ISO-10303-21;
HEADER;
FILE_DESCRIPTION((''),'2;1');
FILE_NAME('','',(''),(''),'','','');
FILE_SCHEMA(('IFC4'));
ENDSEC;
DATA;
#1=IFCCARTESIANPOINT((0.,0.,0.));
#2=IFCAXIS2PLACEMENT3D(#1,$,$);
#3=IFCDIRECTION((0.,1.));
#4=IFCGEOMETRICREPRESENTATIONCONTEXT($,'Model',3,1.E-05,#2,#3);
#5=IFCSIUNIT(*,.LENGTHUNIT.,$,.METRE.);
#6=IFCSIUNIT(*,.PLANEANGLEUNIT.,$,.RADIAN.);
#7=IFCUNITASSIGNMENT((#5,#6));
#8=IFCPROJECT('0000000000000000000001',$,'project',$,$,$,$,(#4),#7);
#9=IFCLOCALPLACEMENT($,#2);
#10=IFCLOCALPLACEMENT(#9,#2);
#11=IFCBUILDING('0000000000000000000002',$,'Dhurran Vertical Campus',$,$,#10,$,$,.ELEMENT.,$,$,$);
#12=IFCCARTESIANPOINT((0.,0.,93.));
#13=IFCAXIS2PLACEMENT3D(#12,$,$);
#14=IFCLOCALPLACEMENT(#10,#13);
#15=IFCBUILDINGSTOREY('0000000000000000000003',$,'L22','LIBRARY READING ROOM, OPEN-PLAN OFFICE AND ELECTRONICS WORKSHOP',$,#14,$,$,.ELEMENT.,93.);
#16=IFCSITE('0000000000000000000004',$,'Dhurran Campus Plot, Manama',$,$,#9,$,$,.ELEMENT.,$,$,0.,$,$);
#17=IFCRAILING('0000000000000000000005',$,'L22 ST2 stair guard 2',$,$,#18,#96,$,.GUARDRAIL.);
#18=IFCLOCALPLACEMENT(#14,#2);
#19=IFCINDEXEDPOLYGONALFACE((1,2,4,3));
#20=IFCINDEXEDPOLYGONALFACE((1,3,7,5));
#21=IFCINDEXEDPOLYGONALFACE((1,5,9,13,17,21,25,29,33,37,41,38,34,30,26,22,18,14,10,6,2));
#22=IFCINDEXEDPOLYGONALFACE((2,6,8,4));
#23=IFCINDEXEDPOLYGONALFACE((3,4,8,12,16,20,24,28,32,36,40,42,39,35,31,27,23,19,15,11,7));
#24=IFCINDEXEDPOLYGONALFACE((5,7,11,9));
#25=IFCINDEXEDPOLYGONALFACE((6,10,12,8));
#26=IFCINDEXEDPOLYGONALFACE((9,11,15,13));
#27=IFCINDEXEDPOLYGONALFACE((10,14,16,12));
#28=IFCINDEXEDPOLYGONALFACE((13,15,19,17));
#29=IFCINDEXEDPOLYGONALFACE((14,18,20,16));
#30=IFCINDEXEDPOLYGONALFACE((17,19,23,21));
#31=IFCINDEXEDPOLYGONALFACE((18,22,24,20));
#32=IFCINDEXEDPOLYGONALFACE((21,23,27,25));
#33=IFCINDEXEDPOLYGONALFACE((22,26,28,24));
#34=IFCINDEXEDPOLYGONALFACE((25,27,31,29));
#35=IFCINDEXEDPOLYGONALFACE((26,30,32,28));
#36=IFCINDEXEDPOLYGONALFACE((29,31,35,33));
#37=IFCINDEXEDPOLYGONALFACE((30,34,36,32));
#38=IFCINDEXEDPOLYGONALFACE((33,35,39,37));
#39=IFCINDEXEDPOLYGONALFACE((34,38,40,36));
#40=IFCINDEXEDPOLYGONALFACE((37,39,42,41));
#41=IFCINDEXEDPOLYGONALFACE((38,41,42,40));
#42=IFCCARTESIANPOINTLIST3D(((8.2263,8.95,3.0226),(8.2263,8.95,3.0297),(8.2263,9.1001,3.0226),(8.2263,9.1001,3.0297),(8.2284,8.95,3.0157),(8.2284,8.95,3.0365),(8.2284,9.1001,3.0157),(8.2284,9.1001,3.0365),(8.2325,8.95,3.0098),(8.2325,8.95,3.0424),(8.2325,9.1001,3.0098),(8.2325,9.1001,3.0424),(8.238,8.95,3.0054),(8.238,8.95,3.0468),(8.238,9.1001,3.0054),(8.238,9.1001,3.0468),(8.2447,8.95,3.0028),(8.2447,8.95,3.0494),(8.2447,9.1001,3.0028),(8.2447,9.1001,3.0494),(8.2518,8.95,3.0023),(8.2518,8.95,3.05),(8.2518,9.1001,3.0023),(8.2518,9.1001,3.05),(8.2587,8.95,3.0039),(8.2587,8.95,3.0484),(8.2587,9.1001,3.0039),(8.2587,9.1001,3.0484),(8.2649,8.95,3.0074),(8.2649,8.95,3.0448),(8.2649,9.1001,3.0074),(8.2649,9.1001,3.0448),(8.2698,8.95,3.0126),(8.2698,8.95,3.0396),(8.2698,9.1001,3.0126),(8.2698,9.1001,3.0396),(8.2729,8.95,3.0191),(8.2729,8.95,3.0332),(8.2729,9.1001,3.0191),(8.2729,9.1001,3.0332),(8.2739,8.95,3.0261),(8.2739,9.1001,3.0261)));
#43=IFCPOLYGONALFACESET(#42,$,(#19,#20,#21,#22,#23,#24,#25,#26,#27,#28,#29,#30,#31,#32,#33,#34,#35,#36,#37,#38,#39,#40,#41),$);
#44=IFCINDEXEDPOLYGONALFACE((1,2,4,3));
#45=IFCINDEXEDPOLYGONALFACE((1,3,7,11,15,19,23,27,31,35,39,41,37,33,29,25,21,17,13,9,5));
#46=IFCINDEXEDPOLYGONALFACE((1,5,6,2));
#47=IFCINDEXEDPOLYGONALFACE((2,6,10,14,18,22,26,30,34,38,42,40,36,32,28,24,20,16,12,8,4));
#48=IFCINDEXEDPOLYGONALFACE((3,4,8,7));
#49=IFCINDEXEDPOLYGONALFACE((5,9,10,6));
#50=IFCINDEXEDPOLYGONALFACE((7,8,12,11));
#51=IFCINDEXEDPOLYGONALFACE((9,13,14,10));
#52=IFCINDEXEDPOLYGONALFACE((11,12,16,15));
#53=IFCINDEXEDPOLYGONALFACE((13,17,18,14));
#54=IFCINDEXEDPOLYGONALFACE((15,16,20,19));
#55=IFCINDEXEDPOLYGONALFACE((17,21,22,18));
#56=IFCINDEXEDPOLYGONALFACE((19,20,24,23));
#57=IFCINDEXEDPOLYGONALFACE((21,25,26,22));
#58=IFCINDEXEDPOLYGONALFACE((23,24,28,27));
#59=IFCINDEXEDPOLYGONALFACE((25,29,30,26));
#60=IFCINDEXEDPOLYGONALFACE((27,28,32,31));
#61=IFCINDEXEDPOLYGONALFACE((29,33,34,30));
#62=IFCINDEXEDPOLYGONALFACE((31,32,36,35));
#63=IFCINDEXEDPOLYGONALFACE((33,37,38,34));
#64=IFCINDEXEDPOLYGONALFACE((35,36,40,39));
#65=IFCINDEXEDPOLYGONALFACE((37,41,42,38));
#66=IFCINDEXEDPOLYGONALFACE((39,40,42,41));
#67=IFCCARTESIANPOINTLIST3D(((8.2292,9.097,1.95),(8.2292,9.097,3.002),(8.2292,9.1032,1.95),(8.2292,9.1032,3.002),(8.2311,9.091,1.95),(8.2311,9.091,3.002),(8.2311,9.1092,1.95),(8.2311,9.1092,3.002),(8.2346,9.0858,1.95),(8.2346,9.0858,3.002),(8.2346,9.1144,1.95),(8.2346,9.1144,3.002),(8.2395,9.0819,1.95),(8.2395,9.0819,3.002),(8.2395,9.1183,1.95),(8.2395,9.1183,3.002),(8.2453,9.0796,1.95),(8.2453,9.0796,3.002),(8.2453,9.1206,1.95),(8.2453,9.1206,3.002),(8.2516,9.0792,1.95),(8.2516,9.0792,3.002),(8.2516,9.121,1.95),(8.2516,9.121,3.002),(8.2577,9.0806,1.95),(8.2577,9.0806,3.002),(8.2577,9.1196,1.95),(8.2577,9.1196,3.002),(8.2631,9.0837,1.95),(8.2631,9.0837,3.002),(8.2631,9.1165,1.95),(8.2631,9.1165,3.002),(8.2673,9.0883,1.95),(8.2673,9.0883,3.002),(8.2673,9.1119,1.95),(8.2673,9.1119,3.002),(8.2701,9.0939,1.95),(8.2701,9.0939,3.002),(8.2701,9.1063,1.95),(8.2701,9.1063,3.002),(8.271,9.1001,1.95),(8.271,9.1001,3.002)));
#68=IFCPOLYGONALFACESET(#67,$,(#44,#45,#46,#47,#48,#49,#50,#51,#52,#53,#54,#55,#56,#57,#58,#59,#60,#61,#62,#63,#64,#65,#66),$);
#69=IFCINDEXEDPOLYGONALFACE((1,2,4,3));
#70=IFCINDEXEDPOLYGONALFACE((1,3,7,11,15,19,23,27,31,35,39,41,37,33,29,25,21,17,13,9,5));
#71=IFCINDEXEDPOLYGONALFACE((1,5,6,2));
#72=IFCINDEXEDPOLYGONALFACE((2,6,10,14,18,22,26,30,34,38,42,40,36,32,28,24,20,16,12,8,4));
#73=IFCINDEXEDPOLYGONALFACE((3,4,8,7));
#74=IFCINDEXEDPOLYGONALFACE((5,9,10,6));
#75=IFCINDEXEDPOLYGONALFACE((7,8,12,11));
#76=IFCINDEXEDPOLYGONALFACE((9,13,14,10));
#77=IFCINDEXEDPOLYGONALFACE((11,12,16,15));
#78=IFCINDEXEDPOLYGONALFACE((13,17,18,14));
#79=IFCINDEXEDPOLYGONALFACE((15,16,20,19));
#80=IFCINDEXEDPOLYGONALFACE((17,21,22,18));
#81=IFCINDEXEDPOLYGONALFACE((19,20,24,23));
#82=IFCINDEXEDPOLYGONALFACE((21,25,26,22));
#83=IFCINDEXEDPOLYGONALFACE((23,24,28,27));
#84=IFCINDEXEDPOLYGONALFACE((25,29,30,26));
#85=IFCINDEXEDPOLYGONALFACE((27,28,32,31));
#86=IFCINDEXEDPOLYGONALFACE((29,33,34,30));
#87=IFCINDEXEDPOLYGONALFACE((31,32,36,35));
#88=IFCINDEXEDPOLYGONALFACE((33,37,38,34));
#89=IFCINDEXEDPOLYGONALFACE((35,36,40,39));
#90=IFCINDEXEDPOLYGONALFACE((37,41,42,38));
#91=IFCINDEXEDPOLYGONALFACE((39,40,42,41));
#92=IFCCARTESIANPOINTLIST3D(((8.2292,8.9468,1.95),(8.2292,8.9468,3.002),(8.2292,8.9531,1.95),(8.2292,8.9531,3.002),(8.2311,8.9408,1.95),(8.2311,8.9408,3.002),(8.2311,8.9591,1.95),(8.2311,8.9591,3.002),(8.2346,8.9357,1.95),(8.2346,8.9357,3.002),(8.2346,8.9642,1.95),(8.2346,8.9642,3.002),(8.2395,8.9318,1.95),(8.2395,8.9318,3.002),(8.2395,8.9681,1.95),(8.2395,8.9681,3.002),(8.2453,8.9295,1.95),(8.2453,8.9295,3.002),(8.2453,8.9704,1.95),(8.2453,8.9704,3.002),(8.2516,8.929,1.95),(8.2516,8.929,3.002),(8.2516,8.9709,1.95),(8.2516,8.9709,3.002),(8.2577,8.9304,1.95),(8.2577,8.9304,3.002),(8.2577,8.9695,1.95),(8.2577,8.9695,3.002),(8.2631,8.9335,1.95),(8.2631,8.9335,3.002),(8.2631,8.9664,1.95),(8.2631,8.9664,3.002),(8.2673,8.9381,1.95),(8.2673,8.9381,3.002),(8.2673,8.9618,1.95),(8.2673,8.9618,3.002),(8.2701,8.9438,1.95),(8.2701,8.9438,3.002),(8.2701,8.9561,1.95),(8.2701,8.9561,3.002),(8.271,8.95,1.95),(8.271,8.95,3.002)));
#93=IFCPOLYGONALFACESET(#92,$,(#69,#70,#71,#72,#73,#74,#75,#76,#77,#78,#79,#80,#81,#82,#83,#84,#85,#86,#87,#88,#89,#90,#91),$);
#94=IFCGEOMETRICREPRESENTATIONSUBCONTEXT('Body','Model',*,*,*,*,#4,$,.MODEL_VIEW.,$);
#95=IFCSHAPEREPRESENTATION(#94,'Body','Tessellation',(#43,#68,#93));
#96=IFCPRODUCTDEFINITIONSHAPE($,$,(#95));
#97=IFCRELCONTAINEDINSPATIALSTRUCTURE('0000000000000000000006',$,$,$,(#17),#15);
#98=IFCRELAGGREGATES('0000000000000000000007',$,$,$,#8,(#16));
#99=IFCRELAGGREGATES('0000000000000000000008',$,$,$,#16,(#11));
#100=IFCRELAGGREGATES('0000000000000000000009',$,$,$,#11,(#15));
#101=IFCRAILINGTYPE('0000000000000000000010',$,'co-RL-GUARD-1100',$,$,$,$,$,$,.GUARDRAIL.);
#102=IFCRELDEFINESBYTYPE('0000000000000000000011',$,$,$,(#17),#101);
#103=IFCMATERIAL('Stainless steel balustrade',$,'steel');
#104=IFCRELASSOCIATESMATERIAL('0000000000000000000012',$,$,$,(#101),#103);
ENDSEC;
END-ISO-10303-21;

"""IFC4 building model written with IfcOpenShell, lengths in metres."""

from ifc_helpers import new_model, si_unit, direction, frame, origin, origin_2d, place, context, subcontext, project, spatial, circle, extrude, material, type_object, element, save


model = new_model("IFC4")

# Units and contexts
model_context = context("Model", 3, precision=1e-05, world=origin(), true_north=direction((0.0, 1.0)))
body_context = subcontext(model_context, "Body", "Model", "MODEL_VIEW")
ifc_project = project(units=[si_unit("LENGTHUNIT", "METRE"), si_unit("PLANEANGLEUNIT", "RADIAN")], contexts=[model_context])

# Site, building, storey
site_placement = place(None, origin())
site = spatial("IfcSite", under=ifc_project, at=site_placement, Name="Dhurran Campus Plot, Manama", CompositionType="ELEMENT", RefElevation=0.0)
building_placement = place(site_placement, origin())
building = spatial("IfcBuilding", under=site, at=building_placement, Name="Dhurran Vertical Campus", CompositionType="ELEMENT")
storey_placement = place(building_placement, frame((0.0, 0.0, 93.0)))
storey = spatial("IfcBuildingStorey", under=building, at=storey_placement, Name="L22", Description="LIBRARY READING ROOM, OPEN-PLAN OFFICE AND ELECTRONICS WORKSHOP", CompositionType="ELEMENT", Elevation=93.0)

# Railing
ifc_material_1 = material(Name="Stainless steel balustrade", Category="steel")
railing_type = type_object("IfcRailingType", Name="co-RL-GUARD-1100", PredefinedType="GUARDRAIL", material=ifc_material_1)
railing_1_placement = place(storey_placement, frame((8.25, 9.1001, 1.95)))
element("IfcRailing", 1, at=railing_1_placement, inside=storey, type_object=railing_type, Name="L22 ST2 stair guard 2", PredefinedType="GUARDRAIL", context=body_context, shape_type="SweptSolid", body=[
    extrude(circle(Radius=0.0239, at=origin_2d()), frame((0.0, 0.0, 1.0762), z_axis=(0.0, -1.0, 0.0), x_axis=(1.0, 0.0, 0.0)), (0.0, 0.0, 1.0), 0.1501),
    extrude(circle(Radius=0.021, at=origin_2d()), origin(), (0.0, 0.0, 1.0), 1.052),
    extrude(circle(Radius=0.021, at=origin_2d()), frame((0.0, -0.1501, 0.0)), (0.0, 0.0, 1.0), 1.052),
])

save(model, "model.ifc")
